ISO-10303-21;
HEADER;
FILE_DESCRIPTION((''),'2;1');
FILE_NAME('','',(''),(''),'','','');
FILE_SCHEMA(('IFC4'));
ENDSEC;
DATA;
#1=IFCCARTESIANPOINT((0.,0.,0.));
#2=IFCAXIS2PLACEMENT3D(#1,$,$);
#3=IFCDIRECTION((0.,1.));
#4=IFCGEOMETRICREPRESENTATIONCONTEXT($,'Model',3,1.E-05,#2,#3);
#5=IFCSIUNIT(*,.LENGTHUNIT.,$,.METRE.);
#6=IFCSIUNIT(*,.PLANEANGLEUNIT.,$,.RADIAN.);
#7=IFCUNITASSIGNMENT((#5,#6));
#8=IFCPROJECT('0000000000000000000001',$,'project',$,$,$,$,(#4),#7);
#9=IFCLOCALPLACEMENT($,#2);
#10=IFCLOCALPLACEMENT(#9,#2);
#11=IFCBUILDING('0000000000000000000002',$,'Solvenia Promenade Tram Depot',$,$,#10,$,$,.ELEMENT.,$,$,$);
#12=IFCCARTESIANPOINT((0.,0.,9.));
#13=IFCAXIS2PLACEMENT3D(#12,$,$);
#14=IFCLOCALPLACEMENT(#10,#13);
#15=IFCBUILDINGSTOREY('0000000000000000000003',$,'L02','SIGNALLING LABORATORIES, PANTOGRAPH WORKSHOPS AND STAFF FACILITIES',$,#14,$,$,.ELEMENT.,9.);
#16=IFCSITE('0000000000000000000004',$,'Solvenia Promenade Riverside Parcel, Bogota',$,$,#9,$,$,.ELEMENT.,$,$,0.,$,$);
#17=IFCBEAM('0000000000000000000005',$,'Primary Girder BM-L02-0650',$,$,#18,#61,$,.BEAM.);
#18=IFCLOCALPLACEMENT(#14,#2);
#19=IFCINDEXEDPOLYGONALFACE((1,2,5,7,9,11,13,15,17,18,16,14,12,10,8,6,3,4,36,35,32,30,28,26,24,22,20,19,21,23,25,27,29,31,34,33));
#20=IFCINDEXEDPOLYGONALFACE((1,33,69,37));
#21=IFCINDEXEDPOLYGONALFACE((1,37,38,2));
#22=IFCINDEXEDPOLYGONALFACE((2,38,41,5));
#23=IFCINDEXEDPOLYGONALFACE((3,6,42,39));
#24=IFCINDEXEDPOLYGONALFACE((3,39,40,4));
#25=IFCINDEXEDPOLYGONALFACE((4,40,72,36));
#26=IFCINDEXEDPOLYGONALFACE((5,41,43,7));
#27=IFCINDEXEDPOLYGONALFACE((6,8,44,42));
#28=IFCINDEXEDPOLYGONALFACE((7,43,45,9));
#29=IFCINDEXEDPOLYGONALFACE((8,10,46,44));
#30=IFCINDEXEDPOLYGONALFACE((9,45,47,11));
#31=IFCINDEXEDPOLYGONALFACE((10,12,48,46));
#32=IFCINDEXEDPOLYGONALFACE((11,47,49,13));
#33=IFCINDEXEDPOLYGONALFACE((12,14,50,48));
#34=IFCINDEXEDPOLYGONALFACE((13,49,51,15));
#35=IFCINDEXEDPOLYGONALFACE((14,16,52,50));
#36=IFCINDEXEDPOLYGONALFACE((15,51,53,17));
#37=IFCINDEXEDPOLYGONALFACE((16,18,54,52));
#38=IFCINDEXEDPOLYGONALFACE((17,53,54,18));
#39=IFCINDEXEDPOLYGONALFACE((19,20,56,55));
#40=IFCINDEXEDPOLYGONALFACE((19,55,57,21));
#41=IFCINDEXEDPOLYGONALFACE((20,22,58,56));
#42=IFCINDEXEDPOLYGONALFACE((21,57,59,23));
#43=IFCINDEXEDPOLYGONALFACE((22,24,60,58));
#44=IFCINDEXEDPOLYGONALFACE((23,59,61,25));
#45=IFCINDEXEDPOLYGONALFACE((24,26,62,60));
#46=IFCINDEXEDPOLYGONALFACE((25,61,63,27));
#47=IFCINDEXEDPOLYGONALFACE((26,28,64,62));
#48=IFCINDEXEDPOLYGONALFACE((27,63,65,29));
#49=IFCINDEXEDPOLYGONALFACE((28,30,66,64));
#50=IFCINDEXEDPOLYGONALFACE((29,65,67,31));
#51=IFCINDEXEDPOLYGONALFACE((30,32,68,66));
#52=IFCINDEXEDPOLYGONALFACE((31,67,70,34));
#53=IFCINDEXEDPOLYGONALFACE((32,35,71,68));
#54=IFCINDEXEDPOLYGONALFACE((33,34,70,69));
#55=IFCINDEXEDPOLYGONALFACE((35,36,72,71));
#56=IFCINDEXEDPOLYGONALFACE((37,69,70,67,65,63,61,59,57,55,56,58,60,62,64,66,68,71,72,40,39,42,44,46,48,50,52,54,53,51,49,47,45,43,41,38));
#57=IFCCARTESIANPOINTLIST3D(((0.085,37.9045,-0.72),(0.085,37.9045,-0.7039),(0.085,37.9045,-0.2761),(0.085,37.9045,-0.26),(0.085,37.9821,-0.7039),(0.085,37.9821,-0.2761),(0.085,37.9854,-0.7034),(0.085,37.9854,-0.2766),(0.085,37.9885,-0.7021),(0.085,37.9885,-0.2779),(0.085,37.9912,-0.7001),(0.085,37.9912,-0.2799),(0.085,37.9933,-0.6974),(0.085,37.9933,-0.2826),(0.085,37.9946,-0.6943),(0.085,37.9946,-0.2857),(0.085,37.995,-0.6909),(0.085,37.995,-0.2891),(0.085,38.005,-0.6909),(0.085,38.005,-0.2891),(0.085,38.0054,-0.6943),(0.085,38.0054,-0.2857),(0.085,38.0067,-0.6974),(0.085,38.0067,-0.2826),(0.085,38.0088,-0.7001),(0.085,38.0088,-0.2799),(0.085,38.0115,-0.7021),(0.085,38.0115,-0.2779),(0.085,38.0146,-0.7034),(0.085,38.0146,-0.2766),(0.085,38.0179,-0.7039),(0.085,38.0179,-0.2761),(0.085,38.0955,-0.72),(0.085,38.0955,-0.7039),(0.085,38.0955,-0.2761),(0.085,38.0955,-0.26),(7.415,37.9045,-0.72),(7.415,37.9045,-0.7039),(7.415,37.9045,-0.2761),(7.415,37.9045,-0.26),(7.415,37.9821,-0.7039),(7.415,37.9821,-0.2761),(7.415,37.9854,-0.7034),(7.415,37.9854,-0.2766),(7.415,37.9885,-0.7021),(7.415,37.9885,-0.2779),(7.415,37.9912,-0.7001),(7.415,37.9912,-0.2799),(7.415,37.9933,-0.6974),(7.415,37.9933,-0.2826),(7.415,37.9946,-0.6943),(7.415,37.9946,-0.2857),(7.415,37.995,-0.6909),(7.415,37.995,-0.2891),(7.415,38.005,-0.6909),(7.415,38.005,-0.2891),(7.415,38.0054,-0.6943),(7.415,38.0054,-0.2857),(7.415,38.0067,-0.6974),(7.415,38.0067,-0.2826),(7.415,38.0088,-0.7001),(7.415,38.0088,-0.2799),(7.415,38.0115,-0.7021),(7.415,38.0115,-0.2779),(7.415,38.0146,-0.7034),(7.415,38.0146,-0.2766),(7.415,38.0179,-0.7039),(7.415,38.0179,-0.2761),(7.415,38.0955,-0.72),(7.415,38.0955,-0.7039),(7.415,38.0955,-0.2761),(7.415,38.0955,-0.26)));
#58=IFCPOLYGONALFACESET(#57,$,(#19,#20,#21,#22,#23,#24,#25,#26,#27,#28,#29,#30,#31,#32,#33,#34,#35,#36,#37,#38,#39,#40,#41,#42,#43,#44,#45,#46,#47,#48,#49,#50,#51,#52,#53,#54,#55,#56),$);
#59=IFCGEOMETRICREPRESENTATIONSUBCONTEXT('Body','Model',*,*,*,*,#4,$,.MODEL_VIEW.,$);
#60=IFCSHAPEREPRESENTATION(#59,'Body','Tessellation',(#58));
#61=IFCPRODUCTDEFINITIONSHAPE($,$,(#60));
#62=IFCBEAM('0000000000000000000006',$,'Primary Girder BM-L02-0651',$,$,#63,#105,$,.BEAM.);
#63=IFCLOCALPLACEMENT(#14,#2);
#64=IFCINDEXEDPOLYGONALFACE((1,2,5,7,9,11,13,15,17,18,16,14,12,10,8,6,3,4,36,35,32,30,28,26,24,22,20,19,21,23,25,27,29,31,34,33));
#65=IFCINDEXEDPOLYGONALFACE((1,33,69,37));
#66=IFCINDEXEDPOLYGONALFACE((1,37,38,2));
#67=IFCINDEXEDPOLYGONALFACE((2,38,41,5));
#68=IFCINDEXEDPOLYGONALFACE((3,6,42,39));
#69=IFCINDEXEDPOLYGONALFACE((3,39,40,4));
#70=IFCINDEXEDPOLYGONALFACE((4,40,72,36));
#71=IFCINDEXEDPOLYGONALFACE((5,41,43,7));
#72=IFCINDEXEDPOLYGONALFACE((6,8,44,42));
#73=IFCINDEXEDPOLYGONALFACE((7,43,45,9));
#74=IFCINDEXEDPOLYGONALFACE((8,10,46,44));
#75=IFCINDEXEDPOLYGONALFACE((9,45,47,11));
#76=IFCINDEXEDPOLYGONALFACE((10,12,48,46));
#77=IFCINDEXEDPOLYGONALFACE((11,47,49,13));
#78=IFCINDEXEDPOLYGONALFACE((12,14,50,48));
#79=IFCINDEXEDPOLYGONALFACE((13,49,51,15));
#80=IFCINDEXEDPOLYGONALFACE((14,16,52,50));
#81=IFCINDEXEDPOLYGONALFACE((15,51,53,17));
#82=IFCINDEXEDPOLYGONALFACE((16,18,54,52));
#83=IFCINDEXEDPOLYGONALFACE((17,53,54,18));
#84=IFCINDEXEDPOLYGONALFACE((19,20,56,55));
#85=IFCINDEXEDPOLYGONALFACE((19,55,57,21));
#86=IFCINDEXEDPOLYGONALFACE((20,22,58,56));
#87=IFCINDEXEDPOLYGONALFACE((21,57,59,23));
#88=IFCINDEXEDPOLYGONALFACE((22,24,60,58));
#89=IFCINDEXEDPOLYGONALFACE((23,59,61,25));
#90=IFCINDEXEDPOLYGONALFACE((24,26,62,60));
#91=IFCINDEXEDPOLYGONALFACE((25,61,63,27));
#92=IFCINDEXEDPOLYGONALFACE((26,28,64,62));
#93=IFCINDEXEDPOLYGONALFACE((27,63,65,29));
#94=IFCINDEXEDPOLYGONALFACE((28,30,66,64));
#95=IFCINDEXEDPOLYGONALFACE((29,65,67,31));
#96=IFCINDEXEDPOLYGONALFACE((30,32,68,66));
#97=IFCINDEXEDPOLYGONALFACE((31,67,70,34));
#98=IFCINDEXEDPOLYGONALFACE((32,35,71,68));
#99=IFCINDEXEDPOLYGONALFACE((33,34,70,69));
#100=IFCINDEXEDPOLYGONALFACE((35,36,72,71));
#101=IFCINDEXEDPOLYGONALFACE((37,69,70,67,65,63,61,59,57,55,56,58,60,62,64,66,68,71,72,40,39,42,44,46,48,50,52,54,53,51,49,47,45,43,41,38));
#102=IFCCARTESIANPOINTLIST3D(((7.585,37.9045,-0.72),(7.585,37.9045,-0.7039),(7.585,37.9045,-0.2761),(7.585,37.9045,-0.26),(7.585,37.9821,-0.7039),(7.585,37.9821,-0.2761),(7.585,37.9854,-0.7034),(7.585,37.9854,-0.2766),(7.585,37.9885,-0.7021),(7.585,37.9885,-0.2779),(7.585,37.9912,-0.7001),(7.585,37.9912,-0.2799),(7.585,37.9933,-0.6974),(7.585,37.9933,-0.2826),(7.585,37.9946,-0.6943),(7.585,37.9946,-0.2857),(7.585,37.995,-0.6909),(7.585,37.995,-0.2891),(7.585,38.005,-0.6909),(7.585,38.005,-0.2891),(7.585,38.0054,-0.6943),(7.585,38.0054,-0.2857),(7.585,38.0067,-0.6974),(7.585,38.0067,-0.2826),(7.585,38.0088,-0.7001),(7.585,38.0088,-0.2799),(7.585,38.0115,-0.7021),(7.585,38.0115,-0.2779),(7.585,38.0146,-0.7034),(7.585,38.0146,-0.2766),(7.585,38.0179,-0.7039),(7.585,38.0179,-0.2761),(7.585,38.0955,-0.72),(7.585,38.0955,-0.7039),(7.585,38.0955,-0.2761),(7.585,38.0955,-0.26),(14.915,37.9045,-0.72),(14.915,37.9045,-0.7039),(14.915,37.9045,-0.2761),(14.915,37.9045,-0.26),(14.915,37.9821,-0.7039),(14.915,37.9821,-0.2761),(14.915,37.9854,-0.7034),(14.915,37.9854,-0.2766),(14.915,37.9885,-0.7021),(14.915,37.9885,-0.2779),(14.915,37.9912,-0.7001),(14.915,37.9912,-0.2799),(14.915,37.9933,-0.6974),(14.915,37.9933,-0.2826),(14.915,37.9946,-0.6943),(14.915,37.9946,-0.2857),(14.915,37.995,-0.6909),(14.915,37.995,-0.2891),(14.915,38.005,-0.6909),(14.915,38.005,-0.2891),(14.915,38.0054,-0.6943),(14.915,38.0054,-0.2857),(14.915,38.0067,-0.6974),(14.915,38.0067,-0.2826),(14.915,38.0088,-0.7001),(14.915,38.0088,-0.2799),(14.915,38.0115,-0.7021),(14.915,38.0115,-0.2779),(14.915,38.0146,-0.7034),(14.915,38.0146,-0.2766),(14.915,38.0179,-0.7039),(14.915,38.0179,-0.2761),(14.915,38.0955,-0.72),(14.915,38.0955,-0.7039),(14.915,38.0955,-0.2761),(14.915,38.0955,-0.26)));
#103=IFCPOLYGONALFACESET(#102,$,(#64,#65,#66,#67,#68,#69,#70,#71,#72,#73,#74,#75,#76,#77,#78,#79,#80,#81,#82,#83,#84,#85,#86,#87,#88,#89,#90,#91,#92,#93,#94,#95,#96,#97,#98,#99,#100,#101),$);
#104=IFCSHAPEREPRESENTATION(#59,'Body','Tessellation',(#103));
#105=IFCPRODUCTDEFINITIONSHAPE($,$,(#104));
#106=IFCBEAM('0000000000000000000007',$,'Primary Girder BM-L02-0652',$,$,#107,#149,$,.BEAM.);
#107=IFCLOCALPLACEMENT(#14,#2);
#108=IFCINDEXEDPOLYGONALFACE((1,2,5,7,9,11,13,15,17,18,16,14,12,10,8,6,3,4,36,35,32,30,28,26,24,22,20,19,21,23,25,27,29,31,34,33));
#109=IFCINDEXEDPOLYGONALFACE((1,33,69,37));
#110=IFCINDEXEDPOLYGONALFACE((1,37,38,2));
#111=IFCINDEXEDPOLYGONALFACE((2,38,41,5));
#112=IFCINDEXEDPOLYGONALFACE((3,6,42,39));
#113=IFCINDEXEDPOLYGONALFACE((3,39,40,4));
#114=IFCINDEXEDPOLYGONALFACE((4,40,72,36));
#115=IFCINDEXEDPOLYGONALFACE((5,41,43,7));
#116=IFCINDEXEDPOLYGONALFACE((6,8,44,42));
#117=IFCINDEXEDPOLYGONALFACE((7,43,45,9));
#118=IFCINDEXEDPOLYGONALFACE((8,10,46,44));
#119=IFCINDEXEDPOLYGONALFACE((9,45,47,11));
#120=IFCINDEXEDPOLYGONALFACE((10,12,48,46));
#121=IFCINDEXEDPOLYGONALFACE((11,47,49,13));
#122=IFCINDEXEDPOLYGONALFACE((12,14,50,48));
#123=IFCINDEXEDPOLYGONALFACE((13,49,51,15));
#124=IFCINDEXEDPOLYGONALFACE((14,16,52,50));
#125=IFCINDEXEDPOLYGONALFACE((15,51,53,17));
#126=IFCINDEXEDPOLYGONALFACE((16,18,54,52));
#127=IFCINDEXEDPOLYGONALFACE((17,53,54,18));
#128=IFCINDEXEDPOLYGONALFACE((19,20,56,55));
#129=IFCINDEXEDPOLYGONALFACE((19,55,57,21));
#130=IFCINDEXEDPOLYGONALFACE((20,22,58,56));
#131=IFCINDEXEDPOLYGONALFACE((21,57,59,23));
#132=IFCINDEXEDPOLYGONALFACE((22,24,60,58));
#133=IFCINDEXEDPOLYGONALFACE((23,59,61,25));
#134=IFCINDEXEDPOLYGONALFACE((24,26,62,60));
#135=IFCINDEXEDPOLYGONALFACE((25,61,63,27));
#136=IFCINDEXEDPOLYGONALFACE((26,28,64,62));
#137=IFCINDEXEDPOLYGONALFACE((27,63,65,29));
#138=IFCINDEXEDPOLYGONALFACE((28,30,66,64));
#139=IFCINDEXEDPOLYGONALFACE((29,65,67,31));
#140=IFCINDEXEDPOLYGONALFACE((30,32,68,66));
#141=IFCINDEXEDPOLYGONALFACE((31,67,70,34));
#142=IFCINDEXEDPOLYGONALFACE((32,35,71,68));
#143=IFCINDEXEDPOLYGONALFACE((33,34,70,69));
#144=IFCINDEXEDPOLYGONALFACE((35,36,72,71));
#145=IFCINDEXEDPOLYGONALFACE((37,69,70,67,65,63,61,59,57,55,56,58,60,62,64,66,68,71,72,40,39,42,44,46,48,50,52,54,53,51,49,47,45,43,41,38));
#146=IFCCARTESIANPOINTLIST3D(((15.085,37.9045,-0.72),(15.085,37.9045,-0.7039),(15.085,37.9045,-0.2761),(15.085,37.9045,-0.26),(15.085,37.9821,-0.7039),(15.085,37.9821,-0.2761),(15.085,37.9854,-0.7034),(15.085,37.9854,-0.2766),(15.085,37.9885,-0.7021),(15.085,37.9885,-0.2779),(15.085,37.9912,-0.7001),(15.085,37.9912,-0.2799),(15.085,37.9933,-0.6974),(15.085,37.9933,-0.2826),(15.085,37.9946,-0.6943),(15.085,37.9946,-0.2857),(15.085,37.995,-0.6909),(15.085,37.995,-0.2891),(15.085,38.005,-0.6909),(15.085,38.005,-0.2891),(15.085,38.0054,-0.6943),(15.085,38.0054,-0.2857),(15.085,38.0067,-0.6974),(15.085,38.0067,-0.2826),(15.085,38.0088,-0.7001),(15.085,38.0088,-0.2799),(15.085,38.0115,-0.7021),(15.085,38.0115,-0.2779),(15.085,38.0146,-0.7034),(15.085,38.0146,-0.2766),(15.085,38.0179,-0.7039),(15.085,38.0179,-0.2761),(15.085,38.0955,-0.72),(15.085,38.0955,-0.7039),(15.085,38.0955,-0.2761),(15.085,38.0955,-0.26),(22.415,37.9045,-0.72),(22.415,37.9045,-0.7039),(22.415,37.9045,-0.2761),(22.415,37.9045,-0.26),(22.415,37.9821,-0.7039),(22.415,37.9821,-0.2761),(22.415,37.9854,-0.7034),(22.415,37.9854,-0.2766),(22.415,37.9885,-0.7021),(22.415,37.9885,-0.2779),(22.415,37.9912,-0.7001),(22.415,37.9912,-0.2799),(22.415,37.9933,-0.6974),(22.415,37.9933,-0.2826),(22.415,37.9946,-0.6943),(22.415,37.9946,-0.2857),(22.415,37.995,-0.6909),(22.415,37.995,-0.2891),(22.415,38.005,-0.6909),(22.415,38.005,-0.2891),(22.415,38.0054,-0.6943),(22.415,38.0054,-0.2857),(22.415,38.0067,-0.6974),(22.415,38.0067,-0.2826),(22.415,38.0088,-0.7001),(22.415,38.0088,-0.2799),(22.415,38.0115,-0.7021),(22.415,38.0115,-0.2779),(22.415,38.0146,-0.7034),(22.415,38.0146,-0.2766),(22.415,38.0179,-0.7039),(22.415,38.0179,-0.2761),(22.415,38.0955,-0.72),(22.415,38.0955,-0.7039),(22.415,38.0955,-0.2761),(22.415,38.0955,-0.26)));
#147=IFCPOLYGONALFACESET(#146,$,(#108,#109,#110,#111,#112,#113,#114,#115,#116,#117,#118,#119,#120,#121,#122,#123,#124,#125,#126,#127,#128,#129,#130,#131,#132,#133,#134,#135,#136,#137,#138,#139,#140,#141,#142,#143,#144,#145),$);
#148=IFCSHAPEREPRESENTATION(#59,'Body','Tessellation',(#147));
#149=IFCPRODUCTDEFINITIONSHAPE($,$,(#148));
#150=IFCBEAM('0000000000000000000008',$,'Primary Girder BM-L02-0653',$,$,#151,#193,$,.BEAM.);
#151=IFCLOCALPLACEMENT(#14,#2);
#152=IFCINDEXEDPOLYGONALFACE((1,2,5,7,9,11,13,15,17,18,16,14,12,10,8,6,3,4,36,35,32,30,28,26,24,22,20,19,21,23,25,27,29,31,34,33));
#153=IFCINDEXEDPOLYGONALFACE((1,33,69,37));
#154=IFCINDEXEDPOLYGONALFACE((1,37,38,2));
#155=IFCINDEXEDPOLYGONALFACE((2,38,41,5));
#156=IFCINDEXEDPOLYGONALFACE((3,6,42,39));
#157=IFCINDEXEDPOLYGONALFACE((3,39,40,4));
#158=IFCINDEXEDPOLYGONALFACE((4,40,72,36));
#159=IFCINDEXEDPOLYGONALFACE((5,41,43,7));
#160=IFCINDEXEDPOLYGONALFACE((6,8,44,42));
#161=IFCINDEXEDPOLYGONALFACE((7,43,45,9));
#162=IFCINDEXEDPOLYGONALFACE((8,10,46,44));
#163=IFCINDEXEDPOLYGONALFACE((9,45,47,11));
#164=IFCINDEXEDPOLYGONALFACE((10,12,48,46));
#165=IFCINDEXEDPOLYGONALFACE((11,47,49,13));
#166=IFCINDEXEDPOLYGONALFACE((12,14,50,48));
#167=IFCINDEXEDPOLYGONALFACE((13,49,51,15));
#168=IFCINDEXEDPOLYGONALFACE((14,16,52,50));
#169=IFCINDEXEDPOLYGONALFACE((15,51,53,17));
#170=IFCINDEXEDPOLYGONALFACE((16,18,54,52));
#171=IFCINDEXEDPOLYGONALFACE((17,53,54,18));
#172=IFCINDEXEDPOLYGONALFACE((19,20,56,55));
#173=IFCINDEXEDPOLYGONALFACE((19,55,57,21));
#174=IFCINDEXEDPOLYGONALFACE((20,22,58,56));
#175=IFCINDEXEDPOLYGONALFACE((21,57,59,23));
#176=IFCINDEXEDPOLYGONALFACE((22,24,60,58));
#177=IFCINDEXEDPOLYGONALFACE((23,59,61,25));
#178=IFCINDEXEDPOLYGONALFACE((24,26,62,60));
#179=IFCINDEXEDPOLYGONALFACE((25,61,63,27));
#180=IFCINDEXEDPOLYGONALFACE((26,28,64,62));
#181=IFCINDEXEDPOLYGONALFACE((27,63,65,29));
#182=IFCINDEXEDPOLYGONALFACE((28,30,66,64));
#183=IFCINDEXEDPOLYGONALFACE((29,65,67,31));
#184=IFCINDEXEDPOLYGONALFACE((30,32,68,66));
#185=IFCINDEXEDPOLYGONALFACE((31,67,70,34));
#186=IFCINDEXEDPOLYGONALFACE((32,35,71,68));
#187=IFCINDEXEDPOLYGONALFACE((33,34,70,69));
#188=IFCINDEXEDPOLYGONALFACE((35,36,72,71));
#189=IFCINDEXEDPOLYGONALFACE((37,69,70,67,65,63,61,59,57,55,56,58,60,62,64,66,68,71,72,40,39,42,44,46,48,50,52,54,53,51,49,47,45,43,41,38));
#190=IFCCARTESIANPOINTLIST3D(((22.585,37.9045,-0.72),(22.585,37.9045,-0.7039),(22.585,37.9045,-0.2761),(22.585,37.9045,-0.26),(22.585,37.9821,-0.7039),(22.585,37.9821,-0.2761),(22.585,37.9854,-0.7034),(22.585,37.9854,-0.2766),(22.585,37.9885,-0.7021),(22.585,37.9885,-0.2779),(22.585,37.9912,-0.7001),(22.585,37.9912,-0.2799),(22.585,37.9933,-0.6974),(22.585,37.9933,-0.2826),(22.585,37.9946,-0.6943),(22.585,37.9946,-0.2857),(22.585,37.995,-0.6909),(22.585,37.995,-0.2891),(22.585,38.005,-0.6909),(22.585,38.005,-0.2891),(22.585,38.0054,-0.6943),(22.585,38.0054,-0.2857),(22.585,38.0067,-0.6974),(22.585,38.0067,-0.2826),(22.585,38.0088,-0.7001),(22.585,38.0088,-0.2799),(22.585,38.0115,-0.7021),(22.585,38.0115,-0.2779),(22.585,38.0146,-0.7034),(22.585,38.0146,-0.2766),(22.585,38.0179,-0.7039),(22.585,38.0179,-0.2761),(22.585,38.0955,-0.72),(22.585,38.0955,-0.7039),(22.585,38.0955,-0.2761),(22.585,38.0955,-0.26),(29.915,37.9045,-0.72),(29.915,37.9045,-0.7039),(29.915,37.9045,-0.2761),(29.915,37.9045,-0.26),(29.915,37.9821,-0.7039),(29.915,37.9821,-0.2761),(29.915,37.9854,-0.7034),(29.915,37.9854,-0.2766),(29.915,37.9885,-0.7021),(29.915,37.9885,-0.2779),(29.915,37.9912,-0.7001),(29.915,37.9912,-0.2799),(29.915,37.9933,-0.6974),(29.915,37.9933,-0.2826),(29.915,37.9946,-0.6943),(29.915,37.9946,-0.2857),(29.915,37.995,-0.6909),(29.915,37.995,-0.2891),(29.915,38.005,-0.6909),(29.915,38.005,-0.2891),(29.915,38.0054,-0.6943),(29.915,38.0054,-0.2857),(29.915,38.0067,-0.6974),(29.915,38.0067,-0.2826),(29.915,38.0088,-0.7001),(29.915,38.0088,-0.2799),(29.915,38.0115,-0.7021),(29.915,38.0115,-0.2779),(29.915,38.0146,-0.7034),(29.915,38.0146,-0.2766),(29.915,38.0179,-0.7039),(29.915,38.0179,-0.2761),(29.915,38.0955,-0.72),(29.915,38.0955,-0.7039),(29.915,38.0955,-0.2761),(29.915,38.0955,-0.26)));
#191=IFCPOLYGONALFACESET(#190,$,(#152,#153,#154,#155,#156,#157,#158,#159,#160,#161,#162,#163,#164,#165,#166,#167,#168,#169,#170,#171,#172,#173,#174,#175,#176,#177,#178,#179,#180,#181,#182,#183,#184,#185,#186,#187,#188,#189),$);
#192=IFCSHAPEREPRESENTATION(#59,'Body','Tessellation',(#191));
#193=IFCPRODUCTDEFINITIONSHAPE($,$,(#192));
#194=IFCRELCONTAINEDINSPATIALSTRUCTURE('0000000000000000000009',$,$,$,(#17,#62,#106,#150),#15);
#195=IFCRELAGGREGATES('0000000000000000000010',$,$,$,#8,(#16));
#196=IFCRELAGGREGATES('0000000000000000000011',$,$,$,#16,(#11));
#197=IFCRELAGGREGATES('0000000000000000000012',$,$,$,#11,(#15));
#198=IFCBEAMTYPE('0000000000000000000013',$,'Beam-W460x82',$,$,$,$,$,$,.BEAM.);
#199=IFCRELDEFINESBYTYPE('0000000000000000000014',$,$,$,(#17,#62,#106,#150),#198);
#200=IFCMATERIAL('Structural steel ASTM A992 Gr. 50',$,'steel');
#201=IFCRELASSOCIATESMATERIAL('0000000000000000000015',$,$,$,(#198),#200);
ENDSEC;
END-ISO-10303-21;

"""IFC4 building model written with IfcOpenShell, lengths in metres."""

from ifc_helpers import new_model, si_unit, direction, frame, origin, origin_2d, place, context, subcontext, project, spatial, i_section, extrude, material, material_profile, profile_set, type_object, element, save


model = new_model("IFC4")

# Units and contexts
model_context = context("Model", 3, precision=1e-05, world=origin(), true_north=direction((0.0, 1.0)))
body_context = subcontext(model_context, "Body", "Model", "MODEL_VIEW")
ifc_project = project(units=[si_unit("LENGTHUNIT", "METRE"), si_unit("PLANEANGLEUNIT", "RADIAN")], contexts=[model_context])

# Site, building, storey
site_placement = place(None, origin())
site = spatial("IfcSite", under=ifc_project, at=site_placement, Name="Solvenia Promenade Riverside Parcel, Bogota", CompositionType="ELEMENT", RefElevation=0.0)
building_placement = place(site_placement, origin())
building = spatial("IfcBuilding", under=site, at=building_placement, Name="Solvenia Promenade Tram Depot", CompositionType="ELEMENT")
storey_placement = place(building_placement, frame((0.0, 0.0, 9.0)))
storey = spatial("IfcBuildingStorey", under=building, at=storey_placement, Name="L02", Description="SIGNALLING LABORATORIES, PANTOGRAPH WORKSHOPS AND STAFF FACILITIES", CompositionType="ELEMENT", Elevation=9.0)

# Beams
ifc_material_1 = material(Name="Structural steel ASTM A992 Gr. 50", Category="steel")
ifc_material_profile_1 = material_profile(ifc_material_1, i_section(OverallWidth=0.1909, OverallDepth=0.46, WebThickness=0.01, FlangeThickness=0.0161, FilletRadius=0.0129, at=origin_2d()), Name="W460x82", Category="steel")
ifc_profile_set_1 = profile_set([ifc_material_profile_1], Name="Structural steel ASTM A992 Gr. 50")
beam_type_1 = type_object("IfcBeamType", Name="Beam-W460x82", PredefinedType="BEAM", material=ifc_profile_set_1)
for number, where, z_axis, x_axis, name in (
    (1, (0.085, 38.0, -0.49), (1.0, 0.0, 0.0), (0.0, 1.0, 0.0), "Primary Girder BM-L02-0650"),
    (2, (7.585, 38.0, -0.49), (1.0, 0.0, 0.0), (0.0, 1.0, 0.0), "Primary Girder BM-L02-0651"),
    (3, (15.085, 38.0, -0.49), (1.0, 0.0, 0.0), (0.0, 1.0, 0.0), "Primary Girder BM-L02-0652"),
    (4, (22.585, 38.0, -0.49), (1.0, 0.0, 0.0), (0.0, 1.0, 0.0), "Primary Girder BM-L02-0653"),
):
    element("IfcBeam", number, at=place(storey_placement, frame(where, z_axis=z_axis, x_axis=x_axis)), inside=storey, type_object=beam_type_1, Name=name, PredefinedType="BEAM", context=body_context, shape_type="SweptSolid", body=[
        extrude(i_section(OverallWidth=0.1909, OverallDepth=0.46, WebThickness=0.01, FlangeThickness=0.0161, FilletRadius=0.0129, at=origin_2d()), origin(), (0.0, 0.0, 1.0), 7.3301),
    ])

save(model, "model.ifc")
